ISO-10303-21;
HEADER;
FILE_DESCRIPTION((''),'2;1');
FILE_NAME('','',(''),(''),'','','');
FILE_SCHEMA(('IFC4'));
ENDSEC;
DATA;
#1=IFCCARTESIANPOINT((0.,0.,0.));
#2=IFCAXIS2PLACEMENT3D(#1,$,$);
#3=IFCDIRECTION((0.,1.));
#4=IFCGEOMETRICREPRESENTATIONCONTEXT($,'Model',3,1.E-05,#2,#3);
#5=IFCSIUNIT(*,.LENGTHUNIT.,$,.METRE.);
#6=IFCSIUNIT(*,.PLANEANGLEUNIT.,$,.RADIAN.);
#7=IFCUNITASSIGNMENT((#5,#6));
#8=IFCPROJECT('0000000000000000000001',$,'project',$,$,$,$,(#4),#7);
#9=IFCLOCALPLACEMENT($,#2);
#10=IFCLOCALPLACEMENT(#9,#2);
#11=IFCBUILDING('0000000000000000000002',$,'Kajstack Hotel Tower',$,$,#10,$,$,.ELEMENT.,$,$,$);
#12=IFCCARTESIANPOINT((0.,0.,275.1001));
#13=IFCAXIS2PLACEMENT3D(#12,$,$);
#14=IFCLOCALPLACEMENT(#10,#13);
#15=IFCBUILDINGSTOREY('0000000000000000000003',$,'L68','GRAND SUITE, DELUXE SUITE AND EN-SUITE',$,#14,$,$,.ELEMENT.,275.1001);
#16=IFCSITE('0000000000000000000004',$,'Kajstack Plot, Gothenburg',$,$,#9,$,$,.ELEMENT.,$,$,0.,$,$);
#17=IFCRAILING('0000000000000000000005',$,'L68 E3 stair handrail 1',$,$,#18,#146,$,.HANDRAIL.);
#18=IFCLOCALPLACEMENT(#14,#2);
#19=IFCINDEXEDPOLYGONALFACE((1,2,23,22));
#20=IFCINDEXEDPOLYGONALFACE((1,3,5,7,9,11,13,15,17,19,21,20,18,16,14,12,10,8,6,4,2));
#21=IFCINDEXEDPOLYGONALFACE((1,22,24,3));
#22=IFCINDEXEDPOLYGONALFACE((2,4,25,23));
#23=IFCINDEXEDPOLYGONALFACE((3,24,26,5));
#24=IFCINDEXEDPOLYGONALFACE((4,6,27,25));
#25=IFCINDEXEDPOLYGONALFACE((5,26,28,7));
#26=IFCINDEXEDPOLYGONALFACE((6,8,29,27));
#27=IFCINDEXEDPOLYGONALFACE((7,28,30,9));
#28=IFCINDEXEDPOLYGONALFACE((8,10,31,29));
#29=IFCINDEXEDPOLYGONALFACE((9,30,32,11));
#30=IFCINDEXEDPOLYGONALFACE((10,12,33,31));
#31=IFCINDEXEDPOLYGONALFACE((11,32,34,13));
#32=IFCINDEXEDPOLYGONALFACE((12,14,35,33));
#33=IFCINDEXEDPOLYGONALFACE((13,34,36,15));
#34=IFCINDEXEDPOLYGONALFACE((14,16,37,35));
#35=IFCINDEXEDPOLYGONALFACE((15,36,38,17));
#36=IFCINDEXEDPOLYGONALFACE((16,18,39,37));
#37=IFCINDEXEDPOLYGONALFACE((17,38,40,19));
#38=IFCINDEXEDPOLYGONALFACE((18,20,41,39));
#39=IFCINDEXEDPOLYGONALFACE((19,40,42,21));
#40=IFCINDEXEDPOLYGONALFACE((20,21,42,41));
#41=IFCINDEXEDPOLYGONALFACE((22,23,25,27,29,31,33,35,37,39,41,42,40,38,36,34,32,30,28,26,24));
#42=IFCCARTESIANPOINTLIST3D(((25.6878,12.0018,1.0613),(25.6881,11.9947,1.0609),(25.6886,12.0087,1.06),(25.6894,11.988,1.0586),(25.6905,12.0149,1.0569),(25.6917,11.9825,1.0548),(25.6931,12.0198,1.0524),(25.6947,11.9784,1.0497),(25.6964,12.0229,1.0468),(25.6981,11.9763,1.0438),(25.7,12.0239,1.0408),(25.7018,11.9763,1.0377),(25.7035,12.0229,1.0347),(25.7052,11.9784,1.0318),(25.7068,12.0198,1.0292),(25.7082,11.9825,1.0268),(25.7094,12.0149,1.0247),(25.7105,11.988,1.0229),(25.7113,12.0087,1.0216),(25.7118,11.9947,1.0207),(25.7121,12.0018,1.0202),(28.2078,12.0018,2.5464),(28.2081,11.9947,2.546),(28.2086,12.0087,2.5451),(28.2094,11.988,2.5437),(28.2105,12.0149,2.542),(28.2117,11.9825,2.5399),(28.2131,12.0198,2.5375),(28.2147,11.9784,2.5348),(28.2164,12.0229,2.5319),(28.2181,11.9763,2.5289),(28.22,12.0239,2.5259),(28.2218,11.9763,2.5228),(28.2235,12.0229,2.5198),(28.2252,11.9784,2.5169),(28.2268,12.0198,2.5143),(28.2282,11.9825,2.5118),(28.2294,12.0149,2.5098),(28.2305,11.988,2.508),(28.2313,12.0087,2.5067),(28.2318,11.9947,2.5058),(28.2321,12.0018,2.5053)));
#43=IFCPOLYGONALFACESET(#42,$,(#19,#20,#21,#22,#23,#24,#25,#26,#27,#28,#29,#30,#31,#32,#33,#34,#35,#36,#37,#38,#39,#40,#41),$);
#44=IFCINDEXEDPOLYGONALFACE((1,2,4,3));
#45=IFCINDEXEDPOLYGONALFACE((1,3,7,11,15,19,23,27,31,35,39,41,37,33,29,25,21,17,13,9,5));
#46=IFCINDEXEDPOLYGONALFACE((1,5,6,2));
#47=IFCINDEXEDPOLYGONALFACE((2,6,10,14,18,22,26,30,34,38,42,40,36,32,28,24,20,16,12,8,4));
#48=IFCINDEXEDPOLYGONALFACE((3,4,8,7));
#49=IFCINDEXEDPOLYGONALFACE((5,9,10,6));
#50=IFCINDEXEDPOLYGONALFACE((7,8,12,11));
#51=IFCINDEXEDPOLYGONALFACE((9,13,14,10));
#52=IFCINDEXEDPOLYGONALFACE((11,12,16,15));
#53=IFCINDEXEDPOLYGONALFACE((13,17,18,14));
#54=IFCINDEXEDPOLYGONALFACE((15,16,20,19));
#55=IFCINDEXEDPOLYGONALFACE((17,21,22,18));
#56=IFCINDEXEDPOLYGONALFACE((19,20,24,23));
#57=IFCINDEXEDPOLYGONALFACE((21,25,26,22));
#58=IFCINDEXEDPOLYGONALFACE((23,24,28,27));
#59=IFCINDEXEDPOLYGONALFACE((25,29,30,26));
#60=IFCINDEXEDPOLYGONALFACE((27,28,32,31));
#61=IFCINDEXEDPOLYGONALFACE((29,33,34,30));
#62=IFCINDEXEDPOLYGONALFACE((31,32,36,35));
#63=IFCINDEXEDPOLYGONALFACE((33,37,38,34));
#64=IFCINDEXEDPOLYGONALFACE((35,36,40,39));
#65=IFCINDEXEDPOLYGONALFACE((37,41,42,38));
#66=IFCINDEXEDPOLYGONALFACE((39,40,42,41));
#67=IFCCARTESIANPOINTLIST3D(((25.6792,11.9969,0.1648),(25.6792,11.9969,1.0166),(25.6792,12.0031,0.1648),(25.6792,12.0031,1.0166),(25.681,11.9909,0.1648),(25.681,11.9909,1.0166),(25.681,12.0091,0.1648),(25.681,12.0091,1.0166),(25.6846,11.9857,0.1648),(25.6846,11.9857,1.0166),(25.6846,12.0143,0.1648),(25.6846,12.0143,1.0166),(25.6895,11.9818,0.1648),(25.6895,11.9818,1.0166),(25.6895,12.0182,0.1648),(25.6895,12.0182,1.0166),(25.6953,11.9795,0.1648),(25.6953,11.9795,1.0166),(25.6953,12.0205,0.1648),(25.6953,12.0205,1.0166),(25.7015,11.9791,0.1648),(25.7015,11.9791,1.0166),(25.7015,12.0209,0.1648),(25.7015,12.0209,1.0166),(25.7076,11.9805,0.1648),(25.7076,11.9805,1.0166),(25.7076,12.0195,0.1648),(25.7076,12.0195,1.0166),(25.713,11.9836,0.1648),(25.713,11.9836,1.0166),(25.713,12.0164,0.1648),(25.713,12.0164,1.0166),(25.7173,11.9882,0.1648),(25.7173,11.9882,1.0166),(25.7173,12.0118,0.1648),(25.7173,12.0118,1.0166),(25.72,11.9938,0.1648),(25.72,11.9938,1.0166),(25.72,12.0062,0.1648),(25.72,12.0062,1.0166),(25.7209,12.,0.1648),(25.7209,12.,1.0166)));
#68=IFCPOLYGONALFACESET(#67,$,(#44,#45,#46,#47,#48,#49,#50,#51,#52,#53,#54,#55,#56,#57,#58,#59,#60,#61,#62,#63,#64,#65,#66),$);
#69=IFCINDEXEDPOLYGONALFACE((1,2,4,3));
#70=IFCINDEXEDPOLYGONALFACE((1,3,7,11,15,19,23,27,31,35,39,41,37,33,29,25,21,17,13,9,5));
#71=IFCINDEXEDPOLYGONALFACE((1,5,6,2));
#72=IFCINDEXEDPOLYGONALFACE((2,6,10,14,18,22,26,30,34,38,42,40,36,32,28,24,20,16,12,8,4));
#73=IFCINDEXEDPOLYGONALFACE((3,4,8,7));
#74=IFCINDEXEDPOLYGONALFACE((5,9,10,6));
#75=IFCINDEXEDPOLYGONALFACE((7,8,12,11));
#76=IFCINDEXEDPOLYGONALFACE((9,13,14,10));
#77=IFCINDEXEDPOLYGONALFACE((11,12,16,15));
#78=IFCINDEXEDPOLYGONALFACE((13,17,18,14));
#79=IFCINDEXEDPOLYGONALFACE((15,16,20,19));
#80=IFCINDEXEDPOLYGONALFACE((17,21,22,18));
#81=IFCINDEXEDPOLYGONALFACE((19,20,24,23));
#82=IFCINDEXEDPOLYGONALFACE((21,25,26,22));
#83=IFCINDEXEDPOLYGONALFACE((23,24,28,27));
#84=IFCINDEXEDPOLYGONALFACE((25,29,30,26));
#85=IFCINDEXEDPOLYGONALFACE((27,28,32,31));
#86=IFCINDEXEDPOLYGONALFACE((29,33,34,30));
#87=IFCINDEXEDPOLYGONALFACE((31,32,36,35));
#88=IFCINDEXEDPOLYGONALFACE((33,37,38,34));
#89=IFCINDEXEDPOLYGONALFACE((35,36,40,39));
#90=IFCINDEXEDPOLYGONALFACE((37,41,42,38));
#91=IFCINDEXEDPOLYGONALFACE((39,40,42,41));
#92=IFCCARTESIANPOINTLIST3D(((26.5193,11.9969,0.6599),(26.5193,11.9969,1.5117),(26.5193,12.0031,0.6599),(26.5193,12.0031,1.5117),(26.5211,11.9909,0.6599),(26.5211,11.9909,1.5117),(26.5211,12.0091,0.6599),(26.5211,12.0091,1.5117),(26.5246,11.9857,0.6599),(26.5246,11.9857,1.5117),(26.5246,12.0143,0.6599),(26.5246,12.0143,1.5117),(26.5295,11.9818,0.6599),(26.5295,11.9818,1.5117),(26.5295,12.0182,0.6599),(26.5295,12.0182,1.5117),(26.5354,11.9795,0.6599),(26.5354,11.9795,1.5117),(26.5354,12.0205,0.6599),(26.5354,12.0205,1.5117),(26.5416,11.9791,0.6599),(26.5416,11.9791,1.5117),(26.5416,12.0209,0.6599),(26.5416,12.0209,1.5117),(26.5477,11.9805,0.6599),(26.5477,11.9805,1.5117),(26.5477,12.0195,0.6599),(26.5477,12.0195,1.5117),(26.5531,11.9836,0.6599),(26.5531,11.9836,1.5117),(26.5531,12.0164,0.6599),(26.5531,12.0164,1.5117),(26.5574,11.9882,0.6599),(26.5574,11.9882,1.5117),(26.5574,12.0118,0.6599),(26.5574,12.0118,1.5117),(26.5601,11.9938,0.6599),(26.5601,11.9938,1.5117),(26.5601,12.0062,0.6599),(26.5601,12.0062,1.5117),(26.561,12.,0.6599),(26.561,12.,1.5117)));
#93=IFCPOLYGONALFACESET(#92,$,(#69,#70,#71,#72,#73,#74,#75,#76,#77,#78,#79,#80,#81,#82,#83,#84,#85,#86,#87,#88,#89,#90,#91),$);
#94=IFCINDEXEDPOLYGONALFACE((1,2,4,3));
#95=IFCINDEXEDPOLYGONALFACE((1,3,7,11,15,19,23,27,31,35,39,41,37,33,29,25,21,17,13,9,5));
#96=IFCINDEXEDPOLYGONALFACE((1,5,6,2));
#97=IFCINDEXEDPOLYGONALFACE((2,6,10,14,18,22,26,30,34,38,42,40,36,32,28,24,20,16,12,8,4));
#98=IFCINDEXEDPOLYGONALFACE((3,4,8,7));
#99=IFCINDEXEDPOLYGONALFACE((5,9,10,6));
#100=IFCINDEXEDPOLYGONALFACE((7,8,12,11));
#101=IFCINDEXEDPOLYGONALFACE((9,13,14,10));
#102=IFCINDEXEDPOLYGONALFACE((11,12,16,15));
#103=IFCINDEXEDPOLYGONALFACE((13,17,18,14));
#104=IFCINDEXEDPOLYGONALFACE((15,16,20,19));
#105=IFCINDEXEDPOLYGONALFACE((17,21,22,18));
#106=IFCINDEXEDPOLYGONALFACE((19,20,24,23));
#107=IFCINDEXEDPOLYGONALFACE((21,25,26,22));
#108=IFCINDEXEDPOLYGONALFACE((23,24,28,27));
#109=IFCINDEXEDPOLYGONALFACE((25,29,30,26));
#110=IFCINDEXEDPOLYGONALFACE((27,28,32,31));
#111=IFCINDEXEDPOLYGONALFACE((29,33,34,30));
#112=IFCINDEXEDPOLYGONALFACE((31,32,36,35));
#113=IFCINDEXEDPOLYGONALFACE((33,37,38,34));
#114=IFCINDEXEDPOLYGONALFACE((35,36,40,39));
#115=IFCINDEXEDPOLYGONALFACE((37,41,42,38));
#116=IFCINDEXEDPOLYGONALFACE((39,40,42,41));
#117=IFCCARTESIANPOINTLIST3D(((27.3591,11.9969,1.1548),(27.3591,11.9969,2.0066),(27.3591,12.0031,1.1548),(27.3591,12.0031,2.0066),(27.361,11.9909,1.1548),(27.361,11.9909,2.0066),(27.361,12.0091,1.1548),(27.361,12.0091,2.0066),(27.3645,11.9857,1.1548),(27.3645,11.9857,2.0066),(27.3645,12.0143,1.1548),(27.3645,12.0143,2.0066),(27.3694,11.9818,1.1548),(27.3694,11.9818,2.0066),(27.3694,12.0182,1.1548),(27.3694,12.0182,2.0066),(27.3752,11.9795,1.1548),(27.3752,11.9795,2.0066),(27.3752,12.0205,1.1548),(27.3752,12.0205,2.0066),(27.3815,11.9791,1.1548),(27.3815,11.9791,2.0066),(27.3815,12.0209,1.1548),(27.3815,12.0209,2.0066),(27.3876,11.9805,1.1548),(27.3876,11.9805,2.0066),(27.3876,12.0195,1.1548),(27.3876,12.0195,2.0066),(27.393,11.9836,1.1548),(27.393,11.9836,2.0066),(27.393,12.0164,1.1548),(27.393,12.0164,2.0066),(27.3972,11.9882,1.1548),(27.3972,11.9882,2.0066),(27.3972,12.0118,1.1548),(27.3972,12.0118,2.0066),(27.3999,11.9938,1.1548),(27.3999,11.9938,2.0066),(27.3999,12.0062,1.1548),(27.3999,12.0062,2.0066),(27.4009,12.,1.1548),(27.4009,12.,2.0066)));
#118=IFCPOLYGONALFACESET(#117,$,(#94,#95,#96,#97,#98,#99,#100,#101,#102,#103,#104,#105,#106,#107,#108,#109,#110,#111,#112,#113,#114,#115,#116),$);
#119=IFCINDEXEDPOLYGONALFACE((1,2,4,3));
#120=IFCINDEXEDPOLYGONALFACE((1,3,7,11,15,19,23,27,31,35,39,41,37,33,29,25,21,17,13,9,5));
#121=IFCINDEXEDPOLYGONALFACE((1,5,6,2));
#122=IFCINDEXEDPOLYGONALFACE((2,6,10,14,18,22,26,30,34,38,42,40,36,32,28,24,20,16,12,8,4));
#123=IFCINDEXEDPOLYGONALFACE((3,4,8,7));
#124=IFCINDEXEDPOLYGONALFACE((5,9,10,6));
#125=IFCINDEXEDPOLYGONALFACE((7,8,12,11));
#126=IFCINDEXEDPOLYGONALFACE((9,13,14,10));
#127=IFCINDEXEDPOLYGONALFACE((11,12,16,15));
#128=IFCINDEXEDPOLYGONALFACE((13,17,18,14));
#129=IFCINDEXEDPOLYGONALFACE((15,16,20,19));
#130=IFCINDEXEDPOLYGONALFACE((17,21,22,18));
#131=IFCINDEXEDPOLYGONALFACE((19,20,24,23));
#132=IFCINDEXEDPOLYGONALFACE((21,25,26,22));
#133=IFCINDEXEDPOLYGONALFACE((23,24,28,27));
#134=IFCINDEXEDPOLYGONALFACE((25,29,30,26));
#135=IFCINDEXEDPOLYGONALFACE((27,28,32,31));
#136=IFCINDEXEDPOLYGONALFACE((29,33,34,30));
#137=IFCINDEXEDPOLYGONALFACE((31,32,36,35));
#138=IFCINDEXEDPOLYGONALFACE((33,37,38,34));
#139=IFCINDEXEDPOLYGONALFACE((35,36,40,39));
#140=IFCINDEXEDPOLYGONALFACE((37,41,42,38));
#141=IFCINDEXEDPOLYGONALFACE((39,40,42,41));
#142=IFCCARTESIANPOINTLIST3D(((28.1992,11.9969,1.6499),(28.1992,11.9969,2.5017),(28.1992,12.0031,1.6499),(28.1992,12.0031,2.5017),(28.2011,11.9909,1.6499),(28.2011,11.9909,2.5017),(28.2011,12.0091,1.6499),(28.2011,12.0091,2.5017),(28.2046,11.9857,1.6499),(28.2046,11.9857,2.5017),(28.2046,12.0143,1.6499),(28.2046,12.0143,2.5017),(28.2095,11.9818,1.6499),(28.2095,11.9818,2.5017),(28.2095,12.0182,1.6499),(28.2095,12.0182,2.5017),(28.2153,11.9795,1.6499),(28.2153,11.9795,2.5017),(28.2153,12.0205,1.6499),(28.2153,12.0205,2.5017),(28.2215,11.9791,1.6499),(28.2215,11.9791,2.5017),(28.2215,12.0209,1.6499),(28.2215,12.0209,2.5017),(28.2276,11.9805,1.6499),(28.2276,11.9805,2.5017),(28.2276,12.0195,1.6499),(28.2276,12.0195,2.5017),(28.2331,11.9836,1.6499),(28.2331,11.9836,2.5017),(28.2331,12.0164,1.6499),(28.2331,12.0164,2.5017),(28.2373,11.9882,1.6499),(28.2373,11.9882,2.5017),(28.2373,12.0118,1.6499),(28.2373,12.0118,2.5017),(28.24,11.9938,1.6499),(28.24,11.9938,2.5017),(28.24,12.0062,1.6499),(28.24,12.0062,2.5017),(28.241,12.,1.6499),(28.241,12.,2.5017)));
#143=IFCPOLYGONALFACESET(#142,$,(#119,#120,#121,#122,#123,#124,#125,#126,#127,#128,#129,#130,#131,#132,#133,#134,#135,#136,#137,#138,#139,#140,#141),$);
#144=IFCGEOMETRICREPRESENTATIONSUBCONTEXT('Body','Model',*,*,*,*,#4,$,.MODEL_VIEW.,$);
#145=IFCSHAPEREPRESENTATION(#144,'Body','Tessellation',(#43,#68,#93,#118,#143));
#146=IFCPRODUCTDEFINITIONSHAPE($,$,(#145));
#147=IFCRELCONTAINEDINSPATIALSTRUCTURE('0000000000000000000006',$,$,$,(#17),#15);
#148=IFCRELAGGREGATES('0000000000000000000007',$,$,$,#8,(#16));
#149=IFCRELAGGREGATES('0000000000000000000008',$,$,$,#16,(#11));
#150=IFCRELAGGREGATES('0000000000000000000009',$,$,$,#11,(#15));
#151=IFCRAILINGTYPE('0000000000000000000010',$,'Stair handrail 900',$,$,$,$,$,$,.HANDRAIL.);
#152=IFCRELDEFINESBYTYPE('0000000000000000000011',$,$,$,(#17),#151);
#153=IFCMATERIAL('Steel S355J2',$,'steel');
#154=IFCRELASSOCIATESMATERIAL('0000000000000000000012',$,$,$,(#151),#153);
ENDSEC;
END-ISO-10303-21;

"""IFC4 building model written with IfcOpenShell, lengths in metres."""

from ifc_helpers import new_model, si_unit, direction, frame, origin, origin_2d, place, context, subcontext, project, spatial, circle, extrude, material, type_object, element, save


model = new_model("IFC4")

# Units and contexts
model_context = context("Model", 3, precision=1e-05, world=origin(), true_north=direction((0.0, 1.0)))
body_context = subcontext(model_context, "Body", "Model", "MODEL_VIEW")
ifc_project = project(units=[si_unit("LENGTHUNIT", "METRE"), si_unit("PLANEANGLEUNIT", "RADIAN")], contexts=[model_context])

# Site, building, storey
site_placement = place(None, origin())
site = spatial("IfcSite", under=ifc_project, at=site_placement, Name="Kajstack Plot, Gothenburg", CompositionType="ELEMENT", RefElevation=0.0)
building_placement = place(site_placement, origin())
building = spatial("IfcBuilding", under=site, at=building_placement, Name="Kajstack Hotel Tower", CompositionType="ELEMENT")
storey_placement = place(building_placement, frame((0.0, 0.0, 275.1001)))
storey = spatial("IfcBuildingStorey", under=building, at=storey_placement, Name="L68", Description="GRAND SUITE, DELUXE SUITE AND EN-SUITE", CompositionType="ELEMENT", Elevation=275.1001)

# Railing
ifc_material_1 = material(Name="Steel S355J2", Category="steel")
railing_type_1 = type_object("IfcRailingType", Name="Stair handrail 900", PredefinedType="HANDRAIL", material=ifc_material_1)
railing_1_placement = place(storey_placement, frame((25.7, 12.0, 0.1648)))
element("IfcRailing", 1, at=railing_1_placement, inside=storey, type_object=railing_type_1, Name="L68 E3 stair handrail 1", PredefinedType="HANDRAIL", context=body_context, shape_type="SweptSolid", body=[
    extrude(circle(Radius=0.0239, at=origin_2d()), frame((0.0, 0.0, 0.876), z_axis=(0.861524, 0.0, 0.507717), x_axis=(0.0, 1.0, 0.0)), (0.0, 0.0, 1.0), 2.925),
    extrude(circle(Radius=0.021, at=origin_2d()), origin(), (0.0, 0.0, 1.0), 0.8518),
    extrude(circle(Radius=0.021, at=origin_2d()), frame((0.8401, 0.0, 0.4951)), (0.0, 0.0, 1.0), 0.8518),
    extrude(circle(Radius=0.021, at=origin_2d()), frame((1.6799, 0.0, 0.99)), (0.0, 0.0, 1.0), 0.8518),
    extrude(circle(Radius=0.021, at=origin_2d()), frame((2.52, 0.0, 1.4851)), (0.0, 0.0, 1.0), 0.8518),
])

save(model, "model.ifc")
